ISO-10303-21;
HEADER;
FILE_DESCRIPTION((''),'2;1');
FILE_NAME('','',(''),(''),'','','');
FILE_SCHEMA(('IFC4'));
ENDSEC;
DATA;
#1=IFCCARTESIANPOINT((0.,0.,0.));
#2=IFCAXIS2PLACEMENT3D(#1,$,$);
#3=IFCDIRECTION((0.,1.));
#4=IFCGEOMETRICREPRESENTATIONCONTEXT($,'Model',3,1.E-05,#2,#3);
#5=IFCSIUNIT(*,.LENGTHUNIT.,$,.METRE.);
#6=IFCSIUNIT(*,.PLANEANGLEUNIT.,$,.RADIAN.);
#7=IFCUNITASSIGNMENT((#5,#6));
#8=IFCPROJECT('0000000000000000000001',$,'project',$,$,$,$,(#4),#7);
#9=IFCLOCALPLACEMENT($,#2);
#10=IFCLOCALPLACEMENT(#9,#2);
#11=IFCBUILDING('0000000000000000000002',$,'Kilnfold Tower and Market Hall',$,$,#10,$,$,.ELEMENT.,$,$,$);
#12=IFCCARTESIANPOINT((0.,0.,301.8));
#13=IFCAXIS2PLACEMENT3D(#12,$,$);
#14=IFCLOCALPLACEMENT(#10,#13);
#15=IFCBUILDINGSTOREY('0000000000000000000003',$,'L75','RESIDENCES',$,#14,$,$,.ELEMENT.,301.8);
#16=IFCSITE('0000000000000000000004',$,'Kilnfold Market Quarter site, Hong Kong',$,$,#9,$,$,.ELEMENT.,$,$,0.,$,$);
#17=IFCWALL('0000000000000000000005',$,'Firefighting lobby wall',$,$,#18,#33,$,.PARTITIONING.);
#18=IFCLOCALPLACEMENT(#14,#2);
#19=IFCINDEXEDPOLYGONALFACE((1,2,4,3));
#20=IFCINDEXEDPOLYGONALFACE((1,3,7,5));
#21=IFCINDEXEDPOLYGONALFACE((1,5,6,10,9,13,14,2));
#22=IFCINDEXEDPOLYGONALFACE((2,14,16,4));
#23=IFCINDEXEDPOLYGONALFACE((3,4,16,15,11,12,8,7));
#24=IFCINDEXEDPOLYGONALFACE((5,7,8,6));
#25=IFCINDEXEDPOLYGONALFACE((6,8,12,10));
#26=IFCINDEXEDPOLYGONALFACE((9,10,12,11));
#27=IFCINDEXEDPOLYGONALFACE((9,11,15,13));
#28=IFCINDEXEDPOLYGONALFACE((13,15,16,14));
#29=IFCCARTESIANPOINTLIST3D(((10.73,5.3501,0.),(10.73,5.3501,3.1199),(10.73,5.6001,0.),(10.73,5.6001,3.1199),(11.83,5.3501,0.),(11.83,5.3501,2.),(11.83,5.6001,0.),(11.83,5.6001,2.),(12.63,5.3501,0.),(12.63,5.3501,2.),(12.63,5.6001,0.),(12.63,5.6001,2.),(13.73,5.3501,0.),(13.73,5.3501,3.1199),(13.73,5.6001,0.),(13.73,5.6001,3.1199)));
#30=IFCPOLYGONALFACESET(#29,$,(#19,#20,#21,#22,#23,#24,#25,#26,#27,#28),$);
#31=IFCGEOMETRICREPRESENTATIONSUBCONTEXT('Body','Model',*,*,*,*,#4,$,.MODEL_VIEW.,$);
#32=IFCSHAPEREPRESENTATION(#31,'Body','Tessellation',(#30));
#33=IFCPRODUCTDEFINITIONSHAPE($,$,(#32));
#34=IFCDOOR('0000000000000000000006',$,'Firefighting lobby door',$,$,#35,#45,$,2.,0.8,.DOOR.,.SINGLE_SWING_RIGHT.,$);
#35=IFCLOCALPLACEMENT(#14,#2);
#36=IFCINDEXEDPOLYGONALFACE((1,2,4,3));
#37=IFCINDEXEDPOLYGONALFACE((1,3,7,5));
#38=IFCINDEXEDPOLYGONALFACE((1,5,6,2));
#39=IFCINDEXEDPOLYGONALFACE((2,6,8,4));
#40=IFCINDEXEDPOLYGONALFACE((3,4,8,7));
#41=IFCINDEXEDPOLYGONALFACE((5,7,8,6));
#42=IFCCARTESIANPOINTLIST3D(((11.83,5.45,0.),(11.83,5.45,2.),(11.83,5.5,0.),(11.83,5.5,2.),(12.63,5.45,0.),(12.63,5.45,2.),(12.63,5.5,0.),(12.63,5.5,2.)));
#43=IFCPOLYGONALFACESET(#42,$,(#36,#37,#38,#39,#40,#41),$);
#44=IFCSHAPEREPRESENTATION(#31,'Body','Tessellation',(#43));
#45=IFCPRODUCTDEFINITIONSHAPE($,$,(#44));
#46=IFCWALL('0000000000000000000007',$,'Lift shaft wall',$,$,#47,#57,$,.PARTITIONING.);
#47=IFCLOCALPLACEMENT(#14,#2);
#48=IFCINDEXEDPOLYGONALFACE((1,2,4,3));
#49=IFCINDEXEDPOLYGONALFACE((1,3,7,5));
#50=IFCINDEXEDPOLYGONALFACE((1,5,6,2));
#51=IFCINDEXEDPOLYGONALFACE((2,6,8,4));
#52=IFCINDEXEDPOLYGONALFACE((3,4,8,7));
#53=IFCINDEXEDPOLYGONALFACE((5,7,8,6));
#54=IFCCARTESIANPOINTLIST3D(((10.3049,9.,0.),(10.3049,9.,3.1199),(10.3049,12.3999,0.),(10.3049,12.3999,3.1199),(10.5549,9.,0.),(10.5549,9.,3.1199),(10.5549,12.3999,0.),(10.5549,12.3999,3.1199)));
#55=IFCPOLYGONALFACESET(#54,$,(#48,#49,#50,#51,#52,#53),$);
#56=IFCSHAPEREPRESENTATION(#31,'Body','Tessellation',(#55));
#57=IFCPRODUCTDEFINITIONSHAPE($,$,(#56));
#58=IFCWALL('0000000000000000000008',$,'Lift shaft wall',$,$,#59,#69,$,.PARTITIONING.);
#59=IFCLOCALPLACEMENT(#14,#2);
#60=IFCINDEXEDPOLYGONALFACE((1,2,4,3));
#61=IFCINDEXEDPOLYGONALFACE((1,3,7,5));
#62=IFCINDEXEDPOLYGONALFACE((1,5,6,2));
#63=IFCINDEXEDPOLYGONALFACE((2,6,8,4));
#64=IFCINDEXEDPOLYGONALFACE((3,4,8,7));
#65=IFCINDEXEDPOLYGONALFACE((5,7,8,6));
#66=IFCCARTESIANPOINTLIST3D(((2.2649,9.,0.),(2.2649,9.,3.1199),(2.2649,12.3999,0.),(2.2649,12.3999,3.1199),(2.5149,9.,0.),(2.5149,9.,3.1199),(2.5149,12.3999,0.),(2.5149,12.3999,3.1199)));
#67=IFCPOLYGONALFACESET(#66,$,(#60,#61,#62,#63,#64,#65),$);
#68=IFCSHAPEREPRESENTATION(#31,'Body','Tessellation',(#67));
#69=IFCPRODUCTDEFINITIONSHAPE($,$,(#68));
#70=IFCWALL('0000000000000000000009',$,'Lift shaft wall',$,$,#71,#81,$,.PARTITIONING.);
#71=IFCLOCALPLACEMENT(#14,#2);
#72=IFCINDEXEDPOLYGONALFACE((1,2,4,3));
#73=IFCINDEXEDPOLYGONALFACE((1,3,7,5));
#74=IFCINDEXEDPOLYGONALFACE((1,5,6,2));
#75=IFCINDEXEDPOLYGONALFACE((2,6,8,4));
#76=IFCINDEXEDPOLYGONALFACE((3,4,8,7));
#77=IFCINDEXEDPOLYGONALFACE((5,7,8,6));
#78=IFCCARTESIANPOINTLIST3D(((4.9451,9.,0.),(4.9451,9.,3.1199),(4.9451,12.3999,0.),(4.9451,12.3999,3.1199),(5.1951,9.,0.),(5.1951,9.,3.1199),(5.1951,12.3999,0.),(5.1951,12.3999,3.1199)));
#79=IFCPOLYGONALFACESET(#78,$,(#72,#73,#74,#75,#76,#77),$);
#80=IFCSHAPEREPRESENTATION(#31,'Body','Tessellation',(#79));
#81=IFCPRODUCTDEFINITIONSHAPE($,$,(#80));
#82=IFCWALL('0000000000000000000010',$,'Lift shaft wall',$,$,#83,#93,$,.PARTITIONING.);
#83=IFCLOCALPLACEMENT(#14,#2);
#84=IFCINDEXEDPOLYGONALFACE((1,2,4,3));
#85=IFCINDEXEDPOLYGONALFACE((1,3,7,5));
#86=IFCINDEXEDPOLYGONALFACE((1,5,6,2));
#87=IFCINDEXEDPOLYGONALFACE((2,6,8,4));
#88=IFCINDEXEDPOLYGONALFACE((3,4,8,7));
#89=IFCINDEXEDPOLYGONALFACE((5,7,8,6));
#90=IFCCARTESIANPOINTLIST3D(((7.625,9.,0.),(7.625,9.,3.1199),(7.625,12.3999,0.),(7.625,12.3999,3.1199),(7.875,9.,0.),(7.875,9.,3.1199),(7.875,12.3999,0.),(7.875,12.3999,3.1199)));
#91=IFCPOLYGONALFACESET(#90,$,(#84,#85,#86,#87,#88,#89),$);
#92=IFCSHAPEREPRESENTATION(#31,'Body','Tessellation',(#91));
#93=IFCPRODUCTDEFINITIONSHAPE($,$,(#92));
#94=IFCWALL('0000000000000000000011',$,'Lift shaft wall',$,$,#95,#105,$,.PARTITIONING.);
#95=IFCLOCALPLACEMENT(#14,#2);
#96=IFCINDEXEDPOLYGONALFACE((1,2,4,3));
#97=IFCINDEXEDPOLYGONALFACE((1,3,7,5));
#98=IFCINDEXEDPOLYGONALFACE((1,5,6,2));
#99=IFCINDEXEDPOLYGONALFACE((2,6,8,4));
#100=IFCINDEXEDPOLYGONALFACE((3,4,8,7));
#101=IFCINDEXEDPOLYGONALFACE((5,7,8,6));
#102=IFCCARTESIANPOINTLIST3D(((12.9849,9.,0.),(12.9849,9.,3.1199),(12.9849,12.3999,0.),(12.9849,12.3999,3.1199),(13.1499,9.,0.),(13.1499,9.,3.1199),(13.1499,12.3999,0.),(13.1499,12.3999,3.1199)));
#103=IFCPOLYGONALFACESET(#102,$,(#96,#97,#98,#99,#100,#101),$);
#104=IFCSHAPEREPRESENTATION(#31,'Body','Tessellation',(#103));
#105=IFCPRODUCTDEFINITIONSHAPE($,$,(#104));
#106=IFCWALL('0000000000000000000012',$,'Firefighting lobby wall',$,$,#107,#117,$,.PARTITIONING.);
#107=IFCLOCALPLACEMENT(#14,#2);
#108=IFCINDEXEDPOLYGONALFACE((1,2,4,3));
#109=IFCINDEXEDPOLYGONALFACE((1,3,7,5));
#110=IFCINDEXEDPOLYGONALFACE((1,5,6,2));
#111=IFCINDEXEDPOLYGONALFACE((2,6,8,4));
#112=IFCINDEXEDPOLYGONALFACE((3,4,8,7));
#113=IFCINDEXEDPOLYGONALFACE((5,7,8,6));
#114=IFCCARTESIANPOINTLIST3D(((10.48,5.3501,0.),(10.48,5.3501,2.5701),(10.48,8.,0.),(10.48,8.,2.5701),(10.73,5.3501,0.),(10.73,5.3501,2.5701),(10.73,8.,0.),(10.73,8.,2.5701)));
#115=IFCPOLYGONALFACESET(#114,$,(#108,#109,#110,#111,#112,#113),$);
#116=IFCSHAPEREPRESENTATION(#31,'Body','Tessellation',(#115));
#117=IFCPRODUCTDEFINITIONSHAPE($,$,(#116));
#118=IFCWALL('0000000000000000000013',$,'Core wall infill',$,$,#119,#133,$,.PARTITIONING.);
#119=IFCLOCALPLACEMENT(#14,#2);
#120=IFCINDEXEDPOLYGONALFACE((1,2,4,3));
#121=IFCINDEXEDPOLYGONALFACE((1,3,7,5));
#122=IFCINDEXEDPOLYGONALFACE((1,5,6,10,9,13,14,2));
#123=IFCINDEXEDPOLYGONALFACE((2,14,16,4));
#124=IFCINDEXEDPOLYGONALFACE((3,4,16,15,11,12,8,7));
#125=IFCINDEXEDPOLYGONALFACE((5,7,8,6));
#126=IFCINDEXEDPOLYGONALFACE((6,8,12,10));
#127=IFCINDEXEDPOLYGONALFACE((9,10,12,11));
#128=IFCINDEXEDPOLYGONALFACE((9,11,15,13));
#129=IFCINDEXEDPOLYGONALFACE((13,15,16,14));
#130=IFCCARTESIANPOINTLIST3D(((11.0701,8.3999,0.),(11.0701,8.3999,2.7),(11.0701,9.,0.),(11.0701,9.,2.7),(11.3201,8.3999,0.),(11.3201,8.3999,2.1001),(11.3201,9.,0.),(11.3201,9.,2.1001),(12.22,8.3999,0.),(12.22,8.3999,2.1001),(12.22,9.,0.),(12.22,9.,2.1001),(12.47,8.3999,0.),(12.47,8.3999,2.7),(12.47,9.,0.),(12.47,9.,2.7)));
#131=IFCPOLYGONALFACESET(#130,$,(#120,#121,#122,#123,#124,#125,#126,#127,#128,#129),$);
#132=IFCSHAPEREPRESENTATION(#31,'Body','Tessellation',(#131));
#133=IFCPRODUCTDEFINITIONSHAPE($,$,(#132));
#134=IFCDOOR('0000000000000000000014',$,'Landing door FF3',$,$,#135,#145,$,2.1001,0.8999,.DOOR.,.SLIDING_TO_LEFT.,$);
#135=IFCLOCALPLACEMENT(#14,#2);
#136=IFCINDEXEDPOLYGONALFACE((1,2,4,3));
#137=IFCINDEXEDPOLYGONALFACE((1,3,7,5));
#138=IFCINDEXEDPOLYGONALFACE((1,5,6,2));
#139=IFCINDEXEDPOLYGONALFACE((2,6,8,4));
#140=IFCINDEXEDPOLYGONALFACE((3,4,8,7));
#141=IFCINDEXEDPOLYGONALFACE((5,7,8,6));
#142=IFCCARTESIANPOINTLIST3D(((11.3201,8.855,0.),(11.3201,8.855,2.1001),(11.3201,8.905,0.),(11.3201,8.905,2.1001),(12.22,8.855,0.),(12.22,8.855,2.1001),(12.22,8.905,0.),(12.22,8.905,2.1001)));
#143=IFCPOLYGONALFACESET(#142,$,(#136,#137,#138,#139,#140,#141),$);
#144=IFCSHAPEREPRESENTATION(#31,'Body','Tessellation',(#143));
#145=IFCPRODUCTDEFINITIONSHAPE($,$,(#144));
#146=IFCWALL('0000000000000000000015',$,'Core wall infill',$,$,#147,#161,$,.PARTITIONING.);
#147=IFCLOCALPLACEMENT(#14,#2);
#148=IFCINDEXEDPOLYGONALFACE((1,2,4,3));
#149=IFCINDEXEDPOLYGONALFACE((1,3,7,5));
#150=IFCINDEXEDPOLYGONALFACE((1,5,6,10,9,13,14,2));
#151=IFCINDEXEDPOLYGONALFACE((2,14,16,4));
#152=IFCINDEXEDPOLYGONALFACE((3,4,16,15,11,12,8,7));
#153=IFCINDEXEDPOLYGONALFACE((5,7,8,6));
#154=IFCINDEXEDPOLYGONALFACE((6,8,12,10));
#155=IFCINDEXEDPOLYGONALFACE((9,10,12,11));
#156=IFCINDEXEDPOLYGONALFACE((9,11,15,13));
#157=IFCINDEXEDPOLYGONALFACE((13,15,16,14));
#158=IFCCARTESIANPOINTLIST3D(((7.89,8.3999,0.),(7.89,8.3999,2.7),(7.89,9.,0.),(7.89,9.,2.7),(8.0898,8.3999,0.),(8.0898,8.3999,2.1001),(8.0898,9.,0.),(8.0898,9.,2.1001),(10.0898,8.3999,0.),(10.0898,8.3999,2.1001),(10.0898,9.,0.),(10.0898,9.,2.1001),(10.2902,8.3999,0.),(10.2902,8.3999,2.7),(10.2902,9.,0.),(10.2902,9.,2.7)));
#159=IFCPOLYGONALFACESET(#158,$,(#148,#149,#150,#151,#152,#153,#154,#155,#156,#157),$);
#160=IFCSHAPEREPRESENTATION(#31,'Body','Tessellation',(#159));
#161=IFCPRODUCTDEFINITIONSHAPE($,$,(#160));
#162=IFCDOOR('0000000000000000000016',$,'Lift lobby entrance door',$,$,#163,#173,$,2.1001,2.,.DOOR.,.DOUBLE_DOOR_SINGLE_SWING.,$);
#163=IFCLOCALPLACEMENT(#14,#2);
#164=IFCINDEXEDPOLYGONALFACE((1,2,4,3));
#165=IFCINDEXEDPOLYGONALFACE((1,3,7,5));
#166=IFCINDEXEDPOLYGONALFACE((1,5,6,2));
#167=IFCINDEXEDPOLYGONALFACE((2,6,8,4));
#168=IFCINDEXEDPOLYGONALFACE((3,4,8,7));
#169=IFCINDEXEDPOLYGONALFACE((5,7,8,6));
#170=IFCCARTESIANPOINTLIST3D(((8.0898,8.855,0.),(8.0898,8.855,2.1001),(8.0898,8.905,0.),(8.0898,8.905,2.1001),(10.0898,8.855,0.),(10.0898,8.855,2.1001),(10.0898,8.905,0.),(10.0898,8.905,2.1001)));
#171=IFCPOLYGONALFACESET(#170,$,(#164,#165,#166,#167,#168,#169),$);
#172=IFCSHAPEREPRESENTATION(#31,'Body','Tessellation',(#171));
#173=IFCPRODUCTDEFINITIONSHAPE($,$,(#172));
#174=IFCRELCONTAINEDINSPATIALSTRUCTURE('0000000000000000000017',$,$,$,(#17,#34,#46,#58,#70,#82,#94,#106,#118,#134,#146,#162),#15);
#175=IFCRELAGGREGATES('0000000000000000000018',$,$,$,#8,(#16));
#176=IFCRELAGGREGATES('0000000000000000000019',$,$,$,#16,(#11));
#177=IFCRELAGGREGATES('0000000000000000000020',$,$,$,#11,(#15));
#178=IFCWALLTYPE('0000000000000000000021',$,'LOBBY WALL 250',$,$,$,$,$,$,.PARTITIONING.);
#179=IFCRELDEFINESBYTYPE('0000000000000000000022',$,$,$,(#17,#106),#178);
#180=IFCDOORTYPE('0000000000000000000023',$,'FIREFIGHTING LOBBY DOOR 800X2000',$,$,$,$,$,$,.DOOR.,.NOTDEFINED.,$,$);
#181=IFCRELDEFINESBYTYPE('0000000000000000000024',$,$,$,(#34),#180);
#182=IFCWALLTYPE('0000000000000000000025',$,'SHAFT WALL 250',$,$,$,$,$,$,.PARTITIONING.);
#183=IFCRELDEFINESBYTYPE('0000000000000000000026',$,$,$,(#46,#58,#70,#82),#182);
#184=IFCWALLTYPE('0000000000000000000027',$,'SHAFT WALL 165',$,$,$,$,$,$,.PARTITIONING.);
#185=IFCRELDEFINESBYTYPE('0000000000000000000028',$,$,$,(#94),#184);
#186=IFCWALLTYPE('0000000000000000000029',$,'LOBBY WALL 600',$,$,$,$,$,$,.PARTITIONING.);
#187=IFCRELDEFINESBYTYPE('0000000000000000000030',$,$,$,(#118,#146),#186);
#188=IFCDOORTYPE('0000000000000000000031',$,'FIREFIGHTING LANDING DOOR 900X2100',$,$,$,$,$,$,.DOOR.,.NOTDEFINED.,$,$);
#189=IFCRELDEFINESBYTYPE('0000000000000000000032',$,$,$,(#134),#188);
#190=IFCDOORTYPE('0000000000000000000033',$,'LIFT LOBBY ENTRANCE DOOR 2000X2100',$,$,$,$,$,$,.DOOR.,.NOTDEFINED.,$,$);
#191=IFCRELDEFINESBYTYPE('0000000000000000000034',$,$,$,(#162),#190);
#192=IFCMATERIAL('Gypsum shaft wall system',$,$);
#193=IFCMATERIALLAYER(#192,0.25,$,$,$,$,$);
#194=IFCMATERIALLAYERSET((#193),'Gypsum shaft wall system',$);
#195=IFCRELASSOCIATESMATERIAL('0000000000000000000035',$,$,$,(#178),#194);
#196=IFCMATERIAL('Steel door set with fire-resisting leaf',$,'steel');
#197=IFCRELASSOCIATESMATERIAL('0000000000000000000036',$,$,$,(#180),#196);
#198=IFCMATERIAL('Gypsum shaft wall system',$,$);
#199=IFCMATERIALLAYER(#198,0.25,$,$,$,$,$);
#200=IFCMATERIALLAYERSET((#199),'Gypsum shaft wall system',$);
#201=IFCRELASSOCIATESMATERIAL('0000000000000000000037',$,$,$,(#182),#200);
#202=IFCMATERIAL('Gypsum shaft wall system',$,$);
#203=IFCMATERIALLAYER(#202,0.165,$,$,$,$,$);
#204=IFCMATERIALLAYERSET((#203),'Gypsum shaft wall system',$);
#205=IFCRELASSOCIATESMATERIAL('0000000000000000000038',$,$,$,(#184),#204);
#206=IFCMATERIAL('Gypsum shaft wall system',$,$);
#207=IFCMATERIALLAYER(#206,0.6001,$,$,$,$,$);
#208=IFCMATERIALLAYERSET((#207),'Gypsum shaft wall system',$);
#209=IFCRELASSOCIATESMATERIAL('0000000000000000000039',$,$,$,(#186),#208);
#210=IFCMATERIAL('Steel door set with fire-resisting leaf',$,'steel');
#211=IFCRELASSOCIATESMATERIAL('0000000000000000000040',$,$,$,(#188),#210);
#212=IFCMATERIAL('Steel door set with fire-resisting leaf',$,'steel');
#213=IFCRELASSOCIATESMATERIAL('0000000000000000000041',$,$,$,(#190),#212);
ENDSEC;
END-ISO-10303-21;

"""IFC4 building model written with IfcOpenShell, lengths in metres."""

from ifc_helpers import new_model, si_unit, direction, frame, frame_2d, origin, place, context, subcontext, project, spatial, rectangle, extrude, source, transform, mapped, material, layer, layer_set, type_object, element, fill, save


model = new_model("IFC4")

# Units and contexts
model_context = context("Model", 3, precision=1e-05, world=origin(), true_north=direction((0.0, 1.0)))
body_context = subcontext(model_context, "Body", "Model", "MODEL_VIEW")
ifc_project = project(units=[si_unit("LENGTHUNIT", "METRE"), si_unit("PLANEANGLEUNIT", "RADIAN")], contexts=[model_context])

# Site, building, storey
site_placement = place(None, origin())
site = spatial("IfcSite", under=ifc_project, at=site_placement, Name="Kilnfold Market Quarter site, Hong Kong", CompositionType="ELEMENT", RefElevation=0.0)
building_placement = place(site_placement, origin())
building = spatial("IfcBuilding", under=site, at=building_placement, Name="Kilnfold Tower and Market Hall", CompositionType="ELEMENT")
storey_placement = place(building_placement, frame((0.0, 0.0, 301.8)))
storey = spatial("IfcBuildingStorey", under=building, at=storey_placement, Name="L75", Description="RESIDENCES", CompositionType="ELEMENT", Elevation=301.8)

# Wall, opening, door
ifc_material_1 = material(Name="Gypsum shaft wall system")
ifc_layer_1 = layer(ifc_material_1, 0.25)
ifc_layer_set_1 = layer_set([ifc_layer_1], Name="Gypsum shaft wall system")
wall_type_1 = type_object("IfcWallType", Name="LOBBY WALL 250", PredefinedType="PARTITIONING", material=ifc_layer_set_1)
shared_shape_1 = source(origin(), body_context, "Body", "SweptSolid", [
    extrude(rectangle(XDim=3.0, YDim=0.25, at=frame_2d((1.5, 0.0))), origin(), (0.0, 0.0, 1.0), 3.1199),
])
wall_1_placement = place(storey_placement, frame((10.73, 5.4751, 0.0), z_axis=(0.0, 0.0, 1.0), x_axis=(1.0, 0.0, 0.0)))
wall_1 = element("IfcWall", 1, at=wall_1_placement, inside=storey, type_object=wall_type_1, Name="Firefighting lobby wall", PredefinedType="PARTITIONING", context=body_context, shape_type="MappedRepresentation", body=[
    mapped(shared_shape_1, transform((0.0, 0.0, 0.0))),
])
opening_1_placement = place(wall_1_placement, frame((1.1001, 0.0, 0.0)))
opening_1 = element("IfcOpeningElement", 2, at=opening_1_placement, cuts=wall_1, PredefinedType="OPENING", context=body_context, shape_type="SweptSolid", body=[
    extrude(rectangle(XDim=0.8, YDim=2.0, at=frame_2d((0.3999, 1.0))), frame((0.0, 0.135, 0.0), z_axis=(0.0, -1.0, 0.0), x_axis=(1.0, 0.0, 0.0)), (0.0, 0.0, 1.0), 0.27),
])
ifc_material_2 = material(Name="Steel door set with fire-resisting leaf", Category="steel")
door_type_1 = type_object("IfcDoorType", Name="FIREFIGHTING LOBBY DOOR 800X2000", OperationType="NOTDEFINED", PredefinedType="DOOR", material=ifc_material_2)
door_1_placement = place(opening_1_placement, origin())
door_1 = element("IfcDoor", 3, at=door_1_placement, inside=storey, type_object=door_type_1, Name="Firefighting lobby door", OperationType="SINGLE_SWING_RIGHT", OverallHeight=2.0, OverallWidth=0.8, PredefinedType="DOOR", context=body_context, shape_type="SweptSolid", body=[
    extrude(rectangle(XDim=0.8, YDim=2.0, at=frame_2d((0.3999, 1.0))), frame((0.0, 0.0249, 0.0), z_axis=(0.0, -1.0, 0.0), x_axis=(1.0, 0.0, 0.0)), (0.0, 0.0, 1.0), 0.05),
])
fill(opening_1, door_1)

# Walls
ifc_material_3 = material(Name="Gypsum shaft wall system")
ifc_layer_2 = layer(ifc_material_3, 0.25)
ifc_layer_set_2 = layer_set([ifc_layer_2], Name="Gypsum shaft wall system")
wall_type_2 = type_object("IfcWallType", Name="SHAFT WALL 250", PredefinedType="PARTITIONING", material=ifc_layer_set_2)
shared_shape_2 = source(origin(), body_context, "Body", "SweptSolid", [
    extrude(rectangle(XDim=3.3999, YDim=0.25, at=frame_2d((1.7, 0.0))), origin(), (0.0, 0.0, 1.0), 3.1199),
])
for number, where, z_axis, x_axis, name in (
    (4, (10.4299, 9.0, 0.0), (0.0, 0.0, 1.0), (0.0, 1.0, 0.0), "Lift shaft wall"),
    (5, (2.3899, 9.0, 0.0), (0.0, 0.0, 1.0), (0.0, 1.0, 0.0), "Lift shaft wall"),
    (6, (5.0701, 9.0, 0.0), (0.0, 0.0, 1.0), (0.0, 1.0, 0.0), "Lift shaft wall"),
    (7, (7.75, 9.0, 0.0), (0.0, 0.0, 1.0), (0.0, 1.0, 0.0), "Lift shaft wall"),
):
    element("IfcWall", number, at=place(storey_placement, frame(where, z_axis=z_axis, x_axis=x_axis)), inside=storey, type_object=wall_type_2, Name=name, PredefinedType="PARTITIONING", context=body_context, shape_type="MappedRepresentation", body=[
        mapped(shared_shape_2, transform((0.0, 0.0, 0.0))),
    ])
ifc_material_4 = material(Name="Gypsum shaft wall system")
ifc_layer_3 = layer(ifc_material_4, 0.165)
ifc_layer_set_3 = layer_set([ifc_layer_3], Name="Gypsum shaft wall system")
wall_type_3 = type_object("IfcWallType", Name="SHAFT WALL 165", PredefinedType="PARTITIONING", material=ifc_layer_set_3)
shared_shape_3 = source(origin(), body_context, "Body", "SweptSolid", [
    extrude(rectangle(XDim=3.3999, YDim=0.165, at=frame_2d((1.7, 0.0))), origin(), (0.0, 0.0, 1.0), 3.1199),
])
wall_2_placement = place(storey_placement, frame((13.0674, 9.0, 0.0), z_axis=(0.0, 0.0, 1.0), x_axis=(0.0, 1.0, 0.0)))
element("IfcWall", 8, at=wall_2_placement, inside=storey, type_object=wall_type_3, Name="Lift shaft wall", PredefinedType="PARTITIONING", context=body_context, shape_type="MappedRepresentation", body=[
    mapped(shared_shape_3, transform((0.0, 0.0, 0.0))),
])
shared_shape_4 = source(origin(), body_context, "Body", "SweptSolid", [
    extrude(rectangle(XDim=2.6499, YDim=0.25, at=frame_2d((1.325, 0.0))), origin(), (0.0, 0.0, 1.0), 2.5701),
])
wall_3_placement = place(storey_placement, frame((10.605, 5.3501, 0.0), z_axis=(0.0, 0.0, 1.0), x_axis=(0.0, 1.0, 0.0)))
element("IfcWall", 9, at=wall_3_placement, inside=storey, type_object=wall_type_1, Name="Firefighting lobby wall", PredefinedType="PARTITIONING", context=body_context, shape_type="MappedRepresentation", body=[
    mapped(shared_shape_4, transform((0.0, 0.0, 0.0))),
])

# Walls, openings, doors
ifc_material_5 = material(Name="Gypsum shaft wall system")
ifc_layer_4 = layer(ifc_material_5, 0.6001)
ifc_layer_set_4 = layer_set([ifc_layer_4], Name="Gypsum shaft wall system")
wall_type_4 = type_object("IfcWallType", Name="LOBBY WALL 600", PredefinedType="PARTITIONING", material=ifc_layer_set_4)
shared_shape_5 = source(origin(), body_context, "Body", "SweptSolid", [
    extrude(rectangle(XDim=1.3999, YDim=0.6001, at=frame_2d((0.7, 0.0))), origin(), (0.0, 0.0, 1.0), 2.7),
])
wall_4_placement = place(storey_placement, frame((11.0701, 8.7, 0.0), z_axis=(0.0, 0.0, 1.0), x_axis=(1.0, 0.0, 0.0)))
wall_4 = element("IfcWall", 10, at=wall_4_placement, inside=storey, type_object=wall_type_4, Name="Core wall infill", PredefinedType="PARTITIONING", context=body_context, shape_type="MappedRepresentation", body=[
    mapped(shared_shape_5, transform((0.0, 0.0, 0.0))),
])
opening_2_placement = place(wall_4_placement, frame((0.25, 0.0, 0.0)))
opening_2 = element("IfcOpeningElement", 11, at=opening_2_placement, cuts=wall_4, PredefinedType="OPENING", context=body_context, shape_type="SweptSolid", body=[
    extrude(rectangle(XDim=0.8999, YDim=2.1001, at=frame_2d((0.45, 1.05))), frame((0.0, 0.3101, 0.0), z_axis=(0.0, -1.0, 0.0), x_axis=(1.0, 0.0, 0.0)), (0.0, 0.0, 1.0), 0.6201),
])
ifc_material_6 = material(Name="Steel door set with fire-resisting leaf", Category="steel")
door_type_2 = type_object("IfcDoorType", Name="FIREFIGHTING LANDING DOOR 900X2100", OperationType="NOTDEFINED", PredefinedType="DOOR", material=ifc_material_6)
door_2_placement = place(opening_2_placement, origin())
door_2 = element("IfcDoor", 12, at=door_2_placement, inside=storey, type_object=door_type_2, Name="Landing door FF3", OperationType="SLIDING_TO_LEFT", OverallHeight=2.1001, OverallWidth=0.8999, PredefinedType="DOOR", context=body_context, shape_type="SweptSolid", body=[
    extrude(rectangle(XDim=0.8999, YDim=2.1001, at=frame_2d((0.45, 1.05))), frame((0.0, 0.2051, 0.0), z_axis=(0.0, -1.0, 0.0), x_axis=(1.0, 0.0, 0.0)), (0.0, 0.0, 1.0), 0.05),
])
fill(opening_2, door_2)
shared_shape_6 = source(origin(), body_context, "Body", "SweptSolid", [
    extrude(rectangle(XDim=2.4001, YDim=0.6001, at=frame_2d((1.2002, 0.0))), origin(), (0.0, 0.0, 1.0), 2.7),
])
wall_5_placement = place(storey_placement, frame((7.8899, 8.7, 0.0), z_axis=(0.0, 0.0, 1.0), x_axis=(1.0, 0.0, 0.0)))
wall_5 = element("IfcWall", 13, at=wall_5_placement, inside=storey, type_object=wall_type_4, Name="Core wall infill", PredefinedType="PARTITIONING", context=body_context, shape_type="MappedRepresentation", body=[
    mapped(shared_shape_6, transform((0.0, 0.0, 0.0))),
])
opening_3_placement = place(wall_5_placement, frame((0.2, 0.0, 0.0)))
opening_3 = element("IfcOpeningElement", 14, at=opening_3_placement, cuts=wall_5, PredefinedType="OPENING", context=body_context, shape_type="SweptSolid", body=[
    extrude(rectangle(XDim=2.0, YDim=2.1001, at=frame_2d((1.0, 1.05))), frame((0.0, 0.3101, 0.0), z_axis=(0.0, -1.0, 0.0), x_axis=(1.0, 0.0, 0.0)), (0.0, 0.0, 1.0), 0.6201),
])
ifc_material_7 = material(Name="Steel door set with fire-resisting leaf", Category="steel")
door_type_3 = type_object("IfcDoorType", Name="LIFT LOBBY ENTRANCE DOOR 2000X2100", OperationType="NOTDEFINED", PredefinedType="DOOR", material=ifc_material_7)
door_3_placement = place(opening_3_placement, origin())
door_3 = element("IfcDoor", 15, at=door_3_placement, inside=storey, type_object=door_type_3, Name="Lift lobby entrance door", OperationType="DOUBLE_DOOR_SINGLE_SWING", OverallHeight=2.1001, OverallWidth=2.0, PredefinedType="DOOR", context=body_context, shape_type="SweptSolid", body=[
    extrude(rectangle(XDim=2.0, YDim=2.1001, at=frame_2d((1.0, 1.05))), frame((0.0, 0.2051, 0.0), z_axis=(0.0, -1.0, 0.0), x_axis=(1.0, 0.0, 0.0)), (0.0, 0.0, 1.0), 0.05),
])
fill(opening_3, door_3)

save(model, "model.ifc")
